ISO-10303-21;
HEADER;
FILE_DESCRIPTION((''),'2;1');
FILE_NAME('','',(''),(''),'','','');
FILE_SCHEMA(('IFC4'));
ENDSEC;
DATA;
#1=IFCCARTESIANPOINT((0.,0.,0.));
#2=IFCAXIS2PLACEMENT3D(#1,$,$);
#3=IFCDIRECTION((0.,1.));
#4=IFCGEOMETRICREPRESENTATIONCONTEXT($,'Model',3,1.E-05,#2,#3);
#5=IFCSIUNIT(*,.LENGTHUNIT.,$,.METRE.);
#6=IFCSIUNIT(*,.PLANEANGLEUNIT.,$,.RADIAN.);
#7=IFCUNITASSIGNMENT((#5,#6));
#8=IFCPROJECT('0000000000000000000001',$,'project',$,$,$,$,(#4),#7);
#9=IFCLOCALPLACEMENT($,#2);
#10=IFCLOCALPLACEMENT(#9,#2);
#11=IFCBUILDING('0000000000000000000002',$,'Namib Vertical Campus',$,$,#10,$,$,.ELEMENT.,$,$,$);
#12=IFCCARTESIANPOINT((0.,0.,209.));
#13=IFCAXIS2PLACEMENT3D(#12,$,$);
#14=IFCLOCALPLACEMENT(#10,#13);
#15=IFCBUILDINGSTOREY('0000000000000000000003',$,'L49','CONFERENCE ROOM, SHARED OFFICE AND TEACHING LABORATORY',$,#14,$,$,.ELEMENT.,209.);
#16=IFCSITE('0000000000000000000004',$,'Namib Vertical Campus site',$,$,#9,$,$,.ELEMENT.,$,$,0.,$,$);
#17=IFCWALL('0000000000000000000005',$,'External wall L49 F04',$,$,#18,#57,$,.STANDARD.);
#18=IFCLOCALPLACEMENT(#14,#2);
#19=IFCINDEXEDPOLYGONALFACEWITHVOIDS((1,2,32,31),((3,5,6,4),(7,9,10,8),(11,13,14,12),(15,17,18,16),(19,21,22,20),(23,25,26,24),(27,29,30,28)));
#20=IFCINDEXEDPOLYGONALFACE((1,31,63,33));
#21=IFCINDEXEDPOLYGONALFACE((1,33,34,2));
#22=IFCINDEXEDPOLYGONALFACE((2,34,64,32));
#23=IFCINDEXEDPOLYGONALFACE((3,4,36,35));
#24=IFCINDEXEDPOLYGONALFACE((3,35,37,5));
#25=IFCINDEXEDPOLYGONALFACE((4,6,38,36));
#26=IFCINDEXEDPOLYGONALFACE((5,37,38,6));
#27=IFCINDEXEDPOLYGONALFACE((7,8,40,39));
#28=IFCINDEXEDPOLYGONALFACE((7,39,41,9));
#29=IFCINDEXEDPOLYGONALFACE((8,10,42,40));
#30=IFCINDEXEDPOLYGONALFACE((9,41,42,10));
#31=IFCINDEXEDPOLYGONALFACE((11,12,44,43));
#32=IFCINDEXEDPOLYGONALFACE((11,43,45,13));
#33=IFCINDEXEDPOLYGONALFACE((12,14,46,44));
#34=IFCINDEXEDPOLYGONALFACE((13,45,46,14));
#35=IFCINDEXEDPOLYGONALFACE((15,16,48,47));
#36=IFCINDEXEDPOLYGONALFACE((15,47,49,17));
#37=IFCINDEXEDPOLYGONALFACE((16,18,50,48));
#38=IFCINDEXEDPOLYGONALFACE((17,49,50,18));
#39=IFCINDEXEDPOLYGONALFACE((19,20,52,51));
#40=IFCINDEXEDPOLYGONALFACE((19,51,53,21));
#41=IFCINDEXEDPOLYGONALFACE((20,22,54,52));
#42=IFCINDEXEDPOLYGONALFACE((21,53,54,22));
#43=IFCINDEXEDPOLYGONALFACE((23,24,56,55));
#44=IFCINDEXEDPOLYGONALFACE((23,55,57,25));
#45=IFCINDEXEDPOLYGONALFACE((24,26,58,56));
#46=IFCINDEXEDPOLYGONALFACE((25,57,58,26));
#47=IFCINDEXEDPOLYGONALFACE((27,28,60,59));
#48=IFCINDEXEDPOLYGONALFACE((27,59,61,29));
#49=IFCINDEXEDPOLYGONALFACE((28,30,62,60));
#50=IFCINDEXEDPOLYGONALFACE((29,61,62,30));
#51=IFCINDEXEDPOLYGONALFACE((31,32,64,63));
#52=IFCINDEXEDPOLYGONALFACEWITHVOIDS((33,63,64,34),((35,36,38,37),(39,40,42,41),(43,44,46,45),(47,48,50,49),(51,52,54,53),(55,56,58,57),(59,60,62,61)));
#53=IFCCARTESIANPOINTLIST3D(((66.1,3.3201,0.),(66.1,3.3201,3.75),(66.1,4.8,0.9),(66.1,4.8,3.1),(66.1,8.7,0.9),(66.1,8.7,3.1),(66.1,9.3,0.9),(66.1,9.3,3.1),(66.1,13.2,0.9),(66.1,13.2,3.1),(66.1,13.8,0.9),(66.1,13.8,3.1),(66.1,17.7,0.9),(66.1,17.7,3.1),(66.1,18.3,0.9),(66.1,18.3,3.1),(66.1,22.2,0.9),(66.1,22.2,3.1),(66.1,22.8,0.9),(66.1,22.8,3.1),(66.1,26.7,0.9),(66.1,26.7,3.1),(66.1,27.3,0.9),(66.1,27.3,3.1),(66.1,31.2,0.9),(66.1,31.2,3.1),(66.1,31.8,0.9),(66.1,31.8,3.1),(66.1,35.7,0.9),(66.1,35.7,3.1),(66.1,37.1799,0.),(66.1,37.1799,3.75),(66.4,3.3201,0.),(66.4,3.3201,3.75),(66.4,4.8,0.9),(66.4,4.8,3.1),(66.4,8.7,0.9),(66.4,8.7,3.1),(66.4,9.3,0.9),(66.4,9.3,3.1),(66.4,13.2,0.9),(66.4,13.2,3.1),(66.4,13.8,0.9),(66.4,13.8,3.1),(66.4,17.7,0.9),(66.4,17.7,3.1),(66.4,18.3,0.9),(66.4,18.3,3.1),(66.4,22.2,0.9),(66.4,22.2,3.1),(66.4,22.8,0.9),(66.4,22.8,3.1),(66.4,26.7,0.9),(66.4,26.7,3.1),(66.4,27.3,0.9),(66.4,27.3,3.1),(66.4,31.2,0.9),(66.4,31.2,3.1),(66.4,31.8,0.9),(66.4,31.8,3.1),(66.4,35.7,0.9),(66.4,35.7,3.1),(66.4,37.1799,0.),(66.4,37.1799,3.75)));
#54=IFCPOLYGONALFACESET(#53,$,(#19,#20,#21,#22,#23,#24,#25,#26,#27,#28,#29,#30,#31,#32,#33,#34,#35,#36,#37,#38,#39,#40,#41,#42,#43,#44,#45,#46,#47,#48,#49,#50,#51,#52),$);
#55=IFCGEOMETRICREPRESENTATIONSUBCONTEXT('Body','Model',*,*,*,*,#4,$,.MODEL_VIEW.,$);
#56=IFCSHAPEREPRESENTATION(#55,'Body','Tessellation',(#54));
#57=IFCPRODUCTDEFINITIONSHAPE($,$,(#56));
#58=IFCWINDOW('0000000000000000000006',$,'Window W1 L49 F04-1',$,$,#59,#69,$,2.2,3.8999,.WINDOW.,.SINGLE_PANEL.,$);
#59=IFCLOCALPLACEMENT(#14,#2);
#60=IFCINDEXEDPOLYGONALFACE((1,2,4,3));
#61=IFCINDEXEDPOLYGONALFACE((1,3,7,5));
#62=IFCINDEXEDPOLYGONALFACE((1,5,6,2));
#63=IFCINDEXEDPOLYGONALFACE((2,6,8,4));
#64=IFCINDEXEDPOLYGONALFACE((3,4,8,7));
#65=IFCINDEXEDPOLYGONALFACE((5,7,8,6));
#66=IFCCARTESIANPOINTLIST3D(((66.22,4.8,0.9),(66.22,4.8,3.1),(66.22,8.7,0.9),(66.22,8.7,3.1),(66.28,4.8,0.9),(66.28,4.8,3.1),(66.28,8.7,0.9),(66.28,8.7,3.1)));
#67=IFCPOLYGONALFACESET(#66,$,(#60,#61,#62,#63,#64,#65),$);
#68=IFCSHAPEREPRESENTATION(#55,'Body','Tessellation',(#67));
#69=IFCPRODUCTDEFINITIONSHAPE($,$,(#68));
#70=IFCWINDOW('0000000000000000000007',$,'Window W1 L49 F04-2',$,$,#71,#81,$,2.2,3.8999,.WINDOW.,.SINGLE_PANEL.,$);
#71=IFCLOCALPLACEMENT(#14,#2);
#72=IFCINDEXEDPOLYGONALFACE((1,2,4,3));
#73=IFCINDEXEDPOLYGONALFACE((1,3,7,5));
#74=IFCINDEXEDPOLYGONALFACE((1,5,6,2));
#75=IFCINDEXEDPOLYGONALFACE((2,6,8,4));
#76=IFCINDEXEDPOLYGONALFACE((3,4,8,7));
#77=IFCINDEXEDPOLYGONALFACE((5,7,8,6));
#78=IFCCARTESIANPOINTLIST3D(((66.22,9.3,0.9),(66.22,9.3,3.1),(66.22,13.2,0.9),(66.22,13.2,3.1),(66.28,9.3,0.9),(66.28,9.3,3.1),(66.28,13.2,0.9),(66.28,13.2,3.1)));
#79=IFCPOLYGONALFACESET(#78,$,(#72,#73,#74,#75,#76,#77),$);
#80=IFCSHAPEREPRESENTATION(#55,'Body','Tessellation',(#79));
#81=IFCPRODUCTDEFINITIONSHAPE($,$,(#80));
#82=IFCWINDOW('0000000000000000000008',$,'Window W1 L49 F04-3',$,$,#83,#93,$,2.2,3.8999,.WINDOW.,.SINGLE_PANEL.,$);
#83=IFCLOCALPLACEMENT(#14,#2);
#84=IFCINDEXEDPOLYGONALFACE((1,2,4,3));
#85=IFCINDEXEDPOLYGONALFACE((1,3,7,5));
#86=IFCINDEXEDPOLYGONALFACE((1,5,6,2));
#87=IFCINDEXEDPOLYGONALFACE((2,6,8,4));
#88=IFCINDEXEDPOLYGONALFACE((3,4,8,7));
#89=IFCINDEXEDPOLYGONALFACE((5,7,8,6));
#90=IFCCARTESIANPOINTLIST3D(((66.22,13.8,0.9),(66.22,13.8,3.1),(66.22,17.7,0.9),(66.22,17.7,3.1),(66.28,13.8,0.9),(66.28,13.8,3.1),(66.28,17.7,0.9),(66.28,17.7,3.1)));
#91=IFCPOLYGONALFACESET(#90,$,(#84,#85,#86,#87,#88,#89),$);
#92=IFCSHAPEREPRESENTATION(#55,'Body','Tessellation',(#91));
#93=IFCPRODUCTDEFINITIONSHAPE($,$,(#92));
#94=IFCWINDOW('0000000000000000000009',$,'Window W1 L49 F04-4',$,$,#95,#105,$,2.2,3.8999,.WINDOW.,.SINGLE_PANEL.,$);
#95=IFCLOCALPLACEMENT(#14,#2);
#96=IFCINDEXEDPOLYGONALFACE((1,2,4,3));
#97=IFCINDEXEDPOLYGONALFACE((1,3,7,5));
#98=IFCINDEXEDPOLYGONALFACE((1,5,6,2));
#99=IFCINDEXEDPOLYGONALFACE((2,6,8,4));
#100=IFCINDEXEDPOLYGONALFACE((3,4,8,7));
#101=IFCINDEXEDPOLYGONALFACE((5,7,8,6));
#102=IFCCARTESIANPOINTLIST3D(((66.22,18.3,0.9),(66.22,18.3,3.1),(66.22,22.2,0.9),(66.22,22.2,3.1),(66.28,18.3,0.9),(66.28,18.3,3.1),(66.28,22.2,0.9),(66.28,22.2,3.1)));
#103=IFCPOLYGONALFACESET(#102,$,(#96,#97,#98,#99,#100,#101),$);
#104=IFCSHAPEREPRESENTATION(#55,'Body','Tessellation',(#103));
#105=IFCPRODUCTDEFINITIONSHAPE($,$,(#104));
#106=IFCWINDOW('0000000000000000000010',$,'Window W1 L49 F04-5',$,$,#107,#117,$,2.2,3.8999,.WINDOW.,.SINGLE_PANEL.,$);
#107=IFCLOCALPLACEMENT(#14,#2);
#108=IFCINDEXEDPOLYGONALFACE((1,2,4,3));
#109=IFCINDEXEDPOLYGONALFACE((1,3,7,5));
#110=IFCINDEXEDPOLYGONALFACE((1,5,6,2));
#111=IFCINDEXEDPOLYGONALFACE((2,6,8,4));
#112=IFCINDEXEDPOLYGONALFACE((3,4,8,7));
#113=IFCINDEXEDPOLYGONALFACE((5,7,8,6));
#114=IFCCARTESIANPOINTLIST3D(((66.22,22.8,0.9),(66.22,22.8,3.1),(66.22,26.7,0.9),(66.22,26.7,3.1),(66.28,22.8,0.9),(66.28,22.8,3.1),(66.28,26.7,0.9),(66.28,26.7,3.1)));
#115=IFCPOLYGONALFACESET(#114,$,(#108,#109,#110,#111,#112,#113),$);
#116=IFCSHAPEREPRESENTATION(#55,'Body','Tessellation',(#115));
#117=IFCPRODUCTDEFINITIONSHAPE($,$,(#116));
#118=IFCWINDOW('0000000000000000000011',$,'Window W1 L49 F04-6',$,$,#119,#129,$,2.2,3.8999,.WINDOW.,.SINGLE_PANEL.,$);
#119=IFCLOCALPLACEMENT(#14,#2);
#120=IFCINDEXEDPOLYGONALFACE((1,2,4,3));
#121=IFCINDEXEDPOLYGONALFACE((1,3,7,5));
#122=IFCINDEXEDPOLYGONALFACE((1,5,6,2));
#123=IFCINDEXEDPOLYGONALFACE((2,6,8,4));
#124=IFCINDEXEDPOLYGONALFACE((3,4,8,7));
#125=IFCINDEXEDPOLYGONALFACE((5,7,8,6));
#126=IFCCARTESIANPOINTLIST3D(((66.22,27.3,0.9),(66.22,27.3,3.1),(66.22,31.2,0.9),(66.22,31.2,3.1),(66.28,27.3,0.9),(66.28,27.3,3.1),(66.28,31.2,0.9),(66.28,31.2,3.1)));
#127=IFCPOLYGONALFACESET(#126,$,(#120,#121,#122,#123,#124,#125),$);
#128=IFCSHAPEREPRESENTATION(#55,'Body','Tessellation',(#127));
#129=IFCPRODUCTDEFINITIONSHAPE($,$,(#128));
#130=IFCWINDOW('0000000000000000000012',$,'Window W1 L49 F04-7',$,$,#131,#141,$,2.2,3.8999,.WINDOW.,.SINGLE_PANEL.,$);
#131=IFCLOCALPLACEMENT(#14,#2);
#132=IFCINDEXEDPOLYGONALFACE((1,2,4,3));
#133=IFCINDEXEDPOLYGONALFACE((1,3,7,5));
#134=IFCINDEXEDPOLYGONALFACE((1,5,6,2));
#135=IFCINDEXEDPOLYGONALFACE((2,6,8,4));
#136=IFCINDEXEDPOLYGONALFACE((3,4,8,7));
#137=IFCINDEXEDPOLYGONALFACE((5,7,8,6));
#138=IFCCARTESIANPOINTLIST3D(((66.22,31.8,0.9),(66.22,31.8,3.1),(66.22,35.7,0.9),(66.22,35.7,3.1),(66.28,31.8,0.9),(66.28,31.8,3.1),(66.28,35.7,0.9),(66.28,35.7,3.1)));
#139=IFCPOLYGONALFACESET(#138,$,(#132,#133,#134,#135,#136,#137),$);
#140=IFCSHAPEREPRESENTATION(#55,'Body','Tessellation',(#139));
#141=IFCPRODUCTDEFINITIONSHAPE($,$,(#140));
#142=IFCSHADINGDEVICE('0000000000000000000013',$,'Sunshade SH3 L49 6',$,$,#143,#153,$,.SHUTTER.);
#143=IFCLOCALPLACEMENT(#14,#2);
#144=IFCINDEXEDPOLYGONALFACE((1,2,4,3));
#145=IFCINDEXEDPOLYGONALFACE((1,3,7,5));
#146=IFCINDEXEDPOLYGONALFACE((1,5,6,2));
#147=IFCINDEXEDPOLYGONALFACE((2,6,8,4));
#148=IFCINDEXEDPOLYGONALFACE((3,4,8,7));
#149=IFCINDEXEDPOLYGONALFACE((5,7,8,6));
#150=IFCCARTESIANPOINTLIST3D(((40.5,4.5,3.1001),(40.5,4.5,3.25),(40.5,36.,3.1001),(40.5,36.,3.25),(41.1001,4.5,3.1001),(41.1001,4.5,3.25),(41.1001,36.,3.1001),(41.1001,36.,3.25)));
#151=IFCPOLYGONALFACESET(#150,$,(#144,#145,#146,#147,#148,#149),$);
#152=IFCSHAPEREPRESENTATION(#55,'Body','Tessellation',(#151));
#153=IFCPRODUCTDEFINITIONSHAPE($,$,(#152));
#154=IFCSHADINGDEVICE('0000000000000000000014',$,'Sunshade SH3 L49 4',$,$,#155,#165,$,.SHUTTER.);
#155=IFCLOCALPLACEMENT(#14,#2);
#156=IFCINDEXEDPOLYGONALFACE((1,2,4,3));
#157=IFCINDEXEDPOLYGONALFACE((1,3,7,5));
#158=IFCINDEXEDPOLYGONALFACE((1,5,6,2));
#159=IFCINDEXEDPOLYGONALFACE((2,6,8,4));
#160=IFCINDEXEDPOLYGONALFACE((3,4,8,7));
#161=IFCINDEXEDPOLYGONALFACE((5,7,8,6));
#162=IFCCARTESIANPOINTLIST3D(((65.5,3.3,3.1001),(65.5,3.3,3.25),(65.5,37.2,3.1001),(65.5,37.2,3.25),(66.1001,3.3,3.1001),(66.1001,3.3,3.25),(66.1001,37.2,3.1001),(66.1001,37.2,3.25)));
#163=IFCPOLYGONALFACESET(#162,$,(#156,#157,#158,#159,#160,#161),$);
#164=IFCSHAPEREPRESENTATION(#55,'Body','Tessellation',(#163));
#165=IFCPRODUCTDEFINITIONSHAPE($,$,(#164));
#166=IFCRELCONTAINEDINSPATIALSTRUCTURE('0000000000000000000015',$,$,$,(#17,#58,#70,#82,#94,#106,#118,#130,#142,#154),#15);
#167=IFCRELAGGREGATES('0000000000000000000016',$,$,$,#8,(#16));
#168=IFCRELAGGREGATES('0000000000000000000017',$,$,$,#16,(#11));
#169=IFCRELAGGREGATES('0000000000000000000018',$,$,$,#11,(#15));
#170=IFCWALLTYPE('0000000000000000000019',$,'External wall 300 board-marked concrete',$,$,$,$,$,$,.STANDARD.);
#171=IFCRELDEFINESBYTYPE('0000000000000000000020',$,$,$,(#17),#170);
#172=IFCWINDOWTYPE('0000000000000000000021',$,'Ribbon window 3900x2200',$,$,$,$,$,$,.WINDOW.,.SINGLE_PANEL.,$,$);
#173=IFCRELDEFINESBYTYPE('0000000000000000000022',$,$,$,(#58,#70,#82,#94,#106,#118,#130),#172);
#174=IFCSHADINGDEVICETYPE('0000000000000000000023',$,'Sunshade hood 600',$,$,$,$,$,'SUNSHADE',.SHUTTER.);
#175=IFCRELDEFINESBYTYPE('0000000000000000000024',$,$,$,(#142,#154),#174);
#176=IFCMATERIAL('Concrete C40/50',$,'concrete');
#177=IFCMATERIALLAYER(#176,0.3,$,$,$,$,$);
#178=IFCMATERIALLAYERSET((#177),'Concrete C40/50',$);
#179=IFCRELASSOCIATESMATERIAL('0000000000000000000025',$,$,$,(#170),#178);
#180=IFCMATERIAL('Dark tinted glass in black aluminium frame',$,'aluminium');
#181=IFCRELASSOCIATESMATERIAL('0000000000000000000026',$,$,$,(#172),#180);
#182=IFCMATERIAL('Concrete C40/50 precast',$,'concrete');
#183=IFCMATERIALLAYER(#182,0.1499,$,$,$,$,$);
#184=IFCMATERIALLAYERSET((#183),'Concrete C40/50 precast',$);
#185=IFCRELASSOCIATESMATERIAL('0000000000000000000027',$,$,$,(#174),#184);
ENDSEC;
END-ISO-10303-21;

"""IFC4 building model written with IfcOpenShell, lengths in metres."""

from ifc_helpers import new_model, si_unit, direction, frame, frame_2d, origin, origin_2d, place, context, subcontext, project, spatial, rectangle, extrude, material, layer, layer_set, type_object, element, fill, save


model = new_model("IFC4")

# Units and contexts
model_context = context("Model", 3, precision=1e-05, world=origin(), true_north=direction((0.0, 1.0)))
body_context = subcontext(model_context, "Body", "Model", "MODEL_VIEW")
ifc_project = project(units=[si_unit("LENGTHUNIT", "METRE"), si_unit("PLANEANGLEUNIT", "RADIAN")], contexts=[model_context])

# Site, building, storey
site_placement = place(None, origin())
site = spatial("IfcSite", under=ifc_project, at=site_placement, Name="Namib Vertical Campus site", CompositionType="ELEMENT", RefElevation=0.0)
building_placement = place(site_placement, origin())
building = spatial("IfcBuilding", under=site, at=building_placement, Name="Namib Vertical Campus", CompositionType="ELEMENT")
storey_placement = place(building_placement, frame((0.0, 0.0, 209.0)))
storey = spatial("IfcBuildingStorey", under=building, at=storey_placement, Name="L49", Description="CONFERENCE ROOM, SHARED OFFICE AND TEACHING LABORATORY", CompositionType="ELEMENT", Elevation=209.0)

# Shared definitions
ifc_material_1 = material(Name="Concrete C40/50", Category="concrete")
ifc_layer_1 = layer(ifc_material_1, 0.3)
ifc_layer_set_1 = layer_set([ifc_layer_1], Name="Concrete C40/50")
wall_type_1 = type_object("IfcWallType", Name="External wall 300 board-marked concrete", PredefinedType="STANDARD", material=ifc_layer_set_1)

# Wall, openings, windows
wall_1_placement = place(storey_placement, frame((66.25, 37.1799, 0.0), z_axis=(0.0, 0.0, 1.0), x_axis=(0.0, -1.0, 0.0)))
wall_1 = element("IfcWall", 1, at=wall_1_placement, inside=storey, type_object=wall_type_1, Name="External wall L49 F04", PredefinedType="STANDARD", context=body_context, shape_type="SweptSolid", body=[
    extrude(rectangle(XDim=33.8599, YDim=0.3, at=frame_2d((16.9299, 0.0))), origin(), (0.0, 0.0, 1.0), 3.75),
])
opening_1_placement = place(wall_1_placement, frame((28.48, 0.0, 0.8999)))
opening_1 = element("IfcOpeningElement", 2, at=opening_1_placement, cuts=wall_1, PredefinedType="OPENING", context=body_context, shape_type="SweptSolid", body=[
    extrude(rectangle(XDim=3.8999, YDim=2.2, at=frame_2d((1.95, 1.1001))), frame((0.0, 0.1599, 0.0), z_axis=(0.0, -1.0, 0.0), x_axis=(1.0, 0.0, 0.0)), (0.0, 0.0, 1.0), 0.3201),
])
opening_2_placement = place(wall_1_placement, frame((23.98, 0.0, 0.8999)))
opening_2 = element("IfcOpeningElement", 3, at=opening_2_placement, cuts=wall_1, PredefinedType="OPENING", context=body_context, shape_type="SweptSolid", body=[
    extrude(rectangle(XDim=3.8999, YDim=2.2, at=frame_2d((1.95, 1.1001))), frame((0.0, 0.1599, 0.0), z_axis=(0.0, -1.0, 0.0), x_axis=(1.0, 0.0, 0.0)), (0.0, 0.0, 1.0), 0.3201),
])
opening_3_placement = place(wall_1_placement, frame((19.48, 0.0, 0.8999)))
opening_3 = element("IfcOpeningElement", 4, at=opening_3_placement, cuts=wall_1, PredefinedType="OPENING", context=body_context, shape_type="SweptSolid", body=[
    extrude(rectangle(XDim=3.8999, YDim=2.2, at=frame_2d((1.95, 1.1001))), frame((0.0, 0.1599, 0.0), z_axis=(0.0, -1.0, 0.0), x_axis=(1.0, 0.0, 0.0)), (0.0, 0.0, 1.0), 0.3201),
])
opening_4_placement = place(wall_1_placement, frame((14.98, 0.0, 0.8999)))
opening_4 = element("IfcOpeningElement", 5, at=opening_4_placement, cuts=wall_1, PredefinedType="OPENING", context=body_context, shape_type="SweptSolid", body=[
    extrude(rectangle(XDim=3.8999, YDim=2.2, at=frame_2d((1.95, 1.1001))), frame((0.0, 0.1599, 0.0), z_axis=(0.0, -1.0, 0.0), x_axis=(1.0, 0.0, 0.0)), (0.0, 0.0, 1.0), 0.3201),
])
opening_5_placement = place(wall_1_placement, frame((10.48, 0.0, 0.8999)))
opening_5 = element("IfcOpeningElement", 6, at=opening_5_placement, cuts=wall_1, PredefinedType="OPENING", context=body_context, shape_type="SweptSolid", body=[
    extrude(rectangle(XDim=3.8999, YDim=2.2, at=frame_2d((1.95, 1.1001))), frame((0.0, 0.1599, 0.0), z_axis=(0.0, -1.0, 0.0), x_axis=(1.0, 0.0, 0.0)), (0.0, 0.0, 1.0), 0.3201),
])
opening_6_placement = place(wall_1_placement, frame((5.98, 0.0, 0.8999)))
opening_6 = element("IfcOpeningElement", 7, at=opening_6_placement, cuts=wall_1, PredefinedType="OPENING", context=body_context, shape_type="SweptSolid", body=[
    extrude(rectangle(XDim=3.8999, YDim=2.2, at=frame_2d((1.95, 1.1001))), frame((0.0, 0.1599, 0.0), z_axis=(0.0, -1.0, 0.0), x_axis=(1.0, 0.0, 0.0)), (0.0, 0.0, 1.0), 0.3201),
])
opening_7_placement = place(wall_1_placement, frame((1.48, 0.0, 0.8999)))
opening_7 = element("IfcOpeningElement", 8, at=opening_7_placement, cuts=wall_1, PredefinedType="OPENING", context=body_context, shape_type="SweptSolid", body=[
    extrude(rectangle(XDim=3.8999, YDim=2.2, at=frame_2d((1.95, 1.1001))), frame((0.0, 0.1599, 0.0), z_axis=(0.0, -1.0, 0.0), x_axis=(1.0, 0.0, 0.0)), (0.0, 0.0, 1.0), 0.3201),
])
ifc_material_2 = material(Name="Dark tinted glass in black aluminium frame", Category="aluminium")
window_type = type_object("IfcWindowType", Name="Ribbon window 3900x2200", PartitioningType="SINGLE_PANEL", PredefinedType="WINDOW", material=ifc_material_2)
window_1_placement = place(opening_1_placement, origin())
window_1 = element("IfcWindow", 9, at=window_1_placement, inside=storey, type_object=window_type, Name="Window W1 L49 F04-1", OverallHeight=2.2, OverallWidth=3.8999, PartitioningType="SINGLE_PANEL", PredefinedType="WINDOW", context=body_context, shape_type="SweptSolid", body=[
    extrude(rectangle(XDim=3.8999, YDim=2.2, at=frame_2d((1.95, 1.1001))), frame((0.0, 0.03, 0.0), z_axis=(0.0, -1.0, 0.0), x_axis=(1.0, 0.0, 0.0)), (0.0, 0.0, 1.0), 0.0601),
])
fill(opening_1, window_1)
window_2_placement = place(opening_2_placement, origin())
window_2 = element("IfcWindow", 10, at=window_2_placement, inside=storey, type_object=window_type, Name="Window W1 L49 F04-2", OverallHeight=2.2, OverallWidth=3.8999, PartitioningType="SINGLE_PANEL", PredefinedType="WINDOW", context=body_context, shape_type="SweptSolid", body=[
    extrude(rectangle(XDim=3.8999, YDim=2.2, at=frame_2d((1.95, 1.1001))), frame((0.0, 0.03, 0.0), z_axis=(0.0, -1.0, 0.0), x_axis=(1.0, 0.0, 0.0)), (0.0, 0.0, 1.0), 0.0601),
])
fill(opening_2, window_2)
window_3_placement = place(opening_3_placement, origin())
window_3 = element("IfcWindow", 11, at=window_3_placement, inside=storey, type_object=window_type, Name="Window W1 L49 F04-3", OverallHeight=2.2, OverallWidth=3.8999, PartitioningType="SINGLE_PANEL", PredefinedType="WINDOW", context=body_context, shape_type="SweptSolid", body=[
    extrude(rectangle(XDim=3.8999, YDim=2.2, at=frame_2d((1.95, 1.1001))), frame((0.0, 0.03, 0.0), z_axis=(0.0, -1.0, 0.0), x_axis=(1.0, 0.0, 0.0)), (0.0, 0.0, 1.0), 0.0601),
])
fill(opening_3, window_3)
window_4_placement = place(opening_4_placement, origin())
window_4 = element("IfcWindow", 12, at=window_4_placement, inside=storey, type_object=window_type, Name="Window W1 L49 F04-4", OverallHeight=2.2, OverallWidth=3.8999, PartitioningType="SINGLE_PANEL", PredefinedType="WINDOW", context=body_context, shape_type="SweptSolid", body=[
    extrude(rectangle(XDim=3.8999, YDim=2.2, at=frame_2d((1.95, 1.1001))), frame((0.0, 0.03, 0.0), z_axis=(0.0, -1.0, 0.0), x_axis=(1.0, 0.0, 0.0)), (0.0, 0.0, 1.0), 0.0601),
])
fill(opening_4, window_4)
window_5_placement = place(opening_5_placement, origin())
window_5 = element("IfcWindow", 13, at=window_5_placement, inside=storey, type_object=window_type, Name="Window W1 L49 F04-5", OverallHeight=2.2, OverallWidth=3.8999, PartitioningType="SINGLE_PANEL", PredefinedType="WINDOW", context=body_context, shape_type="SweptSolid", body=[
    extrude(rectangle(XDim=3.8999, YDim=2.2, at=frame_2d((1.95, 1.1001))), frame((0.0, 0.03, 0.0), z_axis=(0.0, -1.0, 0.0), x_axis=(1.0, 0.0, 0.0)), (0.0, 0.0, 1.0), 0.0601),
])
fill(opening_5, window_5)
window_6_placement = place(opening_6_placement, origin())
window_6 = element("IfcWindow", 14, at=window_6_placement, inside=storey, type_object=window_type, Name="Window W1 L49 F04-6", OverallHeight=2.2, OverallWidth=3.8999, PartitioningType="SINGLE_PANEL", PredefinedType="WINDOW", context=body_context, shape_type="SweptSolid", body=[
    extrude(rectangle(XDim=3.8999, YDim=2.2, at=frame_2d((1.95, 1.1001))), frame((0.0, 0.03, 0.0), z_axis=(0.0, -1.0, 0.0), x_axis=(1.0, 0.0, 0.0)), (0.0, 0.0, 1.0), 0.0601),
])
fill(opening_6, window_6)
window_7_placement = place(opening_7_placement, origin())
window_7 = element("IfcWindow", 15, at=window_7_placement, inside=storey, type_object=window_type, Name="Window W1 L49 F04-7", OverallHeight=2.2, OverallWidth=3.8999, PartitioningType="SINGLE_PANEL", PredefinedType="WINDOW", context=body_context, shape_type="SweptSolid", body=[
    extrude(rectangle(XDim=3.8999, YDim=2.2, at=frame_2d((1.95, 1.1001))), frame((0.0, 0.03, 0.0), z_axis=(0.0, -1.0, 0.0), x_axis=(1.0, 0.0, 0.0)), (0.0, 0.0, 1.0), 0.0601),
])
fill(opening_7, window_7)

# Shading devices
ifc_material_3 = material(Name="Concrete C40/50 precast", Category="concrete")
ifc_layer_2 = layer(ifc_material_3, 0.1499)
ifc_layer_set_2 = layer_set([ifc_layer_2], Name="Concrete C40/50 precast")
shading_device_type = type_object("IfcShadingDeviceType", Name="Sunshade hood 600", ElementType="SUNSHADE", PredefinedType="SHUTTER", material=ifc_layer_set_2)
shading_device_1_placement = place(storey_placement, frame((40.8, 20.25, 3.1001), z_axis=(0.0, 0.0, 1.0), x_axis=(0.0, 1.0, 0.0)))
element("IfcShadingDevice", 16, at=shading_device_1_placement, inside=storey, type_object=shading_device_type, Name="Sunshade SH3 L49 6", PredefinedType="SHUTTER", context=body_context, shape_type="SweptSolid", body=[
    extrude(rectangle(XDim=31.5, YDim=0.6001, at=origin_2d()), origin(), (0.0, 0.0, 1.0), 0.1499),
])
shading_device_2_placement = place(storey_placement, frame((65.8, 20.25, 3.1001), z_axis=(0.0, 0.0, 1.0), x_axis=(0.0, -1.0, 0.0)))
element("IfcShadingDevice", 17, at=shading_device_2_placement, inside=storey, type_object=shading_device_type, Name="Sunshade SH3 L49 4", PredefinedType="SHUTTER", context=body_context, shape_type="SweptSolid", body=[
    extrude(rectangle(XDim=33.8999, YDim=0.6001, at=origin_2d()), origin(), (0.0, 0.0, 1.0), 0.1499),
])

save(model, "model.ifc")
